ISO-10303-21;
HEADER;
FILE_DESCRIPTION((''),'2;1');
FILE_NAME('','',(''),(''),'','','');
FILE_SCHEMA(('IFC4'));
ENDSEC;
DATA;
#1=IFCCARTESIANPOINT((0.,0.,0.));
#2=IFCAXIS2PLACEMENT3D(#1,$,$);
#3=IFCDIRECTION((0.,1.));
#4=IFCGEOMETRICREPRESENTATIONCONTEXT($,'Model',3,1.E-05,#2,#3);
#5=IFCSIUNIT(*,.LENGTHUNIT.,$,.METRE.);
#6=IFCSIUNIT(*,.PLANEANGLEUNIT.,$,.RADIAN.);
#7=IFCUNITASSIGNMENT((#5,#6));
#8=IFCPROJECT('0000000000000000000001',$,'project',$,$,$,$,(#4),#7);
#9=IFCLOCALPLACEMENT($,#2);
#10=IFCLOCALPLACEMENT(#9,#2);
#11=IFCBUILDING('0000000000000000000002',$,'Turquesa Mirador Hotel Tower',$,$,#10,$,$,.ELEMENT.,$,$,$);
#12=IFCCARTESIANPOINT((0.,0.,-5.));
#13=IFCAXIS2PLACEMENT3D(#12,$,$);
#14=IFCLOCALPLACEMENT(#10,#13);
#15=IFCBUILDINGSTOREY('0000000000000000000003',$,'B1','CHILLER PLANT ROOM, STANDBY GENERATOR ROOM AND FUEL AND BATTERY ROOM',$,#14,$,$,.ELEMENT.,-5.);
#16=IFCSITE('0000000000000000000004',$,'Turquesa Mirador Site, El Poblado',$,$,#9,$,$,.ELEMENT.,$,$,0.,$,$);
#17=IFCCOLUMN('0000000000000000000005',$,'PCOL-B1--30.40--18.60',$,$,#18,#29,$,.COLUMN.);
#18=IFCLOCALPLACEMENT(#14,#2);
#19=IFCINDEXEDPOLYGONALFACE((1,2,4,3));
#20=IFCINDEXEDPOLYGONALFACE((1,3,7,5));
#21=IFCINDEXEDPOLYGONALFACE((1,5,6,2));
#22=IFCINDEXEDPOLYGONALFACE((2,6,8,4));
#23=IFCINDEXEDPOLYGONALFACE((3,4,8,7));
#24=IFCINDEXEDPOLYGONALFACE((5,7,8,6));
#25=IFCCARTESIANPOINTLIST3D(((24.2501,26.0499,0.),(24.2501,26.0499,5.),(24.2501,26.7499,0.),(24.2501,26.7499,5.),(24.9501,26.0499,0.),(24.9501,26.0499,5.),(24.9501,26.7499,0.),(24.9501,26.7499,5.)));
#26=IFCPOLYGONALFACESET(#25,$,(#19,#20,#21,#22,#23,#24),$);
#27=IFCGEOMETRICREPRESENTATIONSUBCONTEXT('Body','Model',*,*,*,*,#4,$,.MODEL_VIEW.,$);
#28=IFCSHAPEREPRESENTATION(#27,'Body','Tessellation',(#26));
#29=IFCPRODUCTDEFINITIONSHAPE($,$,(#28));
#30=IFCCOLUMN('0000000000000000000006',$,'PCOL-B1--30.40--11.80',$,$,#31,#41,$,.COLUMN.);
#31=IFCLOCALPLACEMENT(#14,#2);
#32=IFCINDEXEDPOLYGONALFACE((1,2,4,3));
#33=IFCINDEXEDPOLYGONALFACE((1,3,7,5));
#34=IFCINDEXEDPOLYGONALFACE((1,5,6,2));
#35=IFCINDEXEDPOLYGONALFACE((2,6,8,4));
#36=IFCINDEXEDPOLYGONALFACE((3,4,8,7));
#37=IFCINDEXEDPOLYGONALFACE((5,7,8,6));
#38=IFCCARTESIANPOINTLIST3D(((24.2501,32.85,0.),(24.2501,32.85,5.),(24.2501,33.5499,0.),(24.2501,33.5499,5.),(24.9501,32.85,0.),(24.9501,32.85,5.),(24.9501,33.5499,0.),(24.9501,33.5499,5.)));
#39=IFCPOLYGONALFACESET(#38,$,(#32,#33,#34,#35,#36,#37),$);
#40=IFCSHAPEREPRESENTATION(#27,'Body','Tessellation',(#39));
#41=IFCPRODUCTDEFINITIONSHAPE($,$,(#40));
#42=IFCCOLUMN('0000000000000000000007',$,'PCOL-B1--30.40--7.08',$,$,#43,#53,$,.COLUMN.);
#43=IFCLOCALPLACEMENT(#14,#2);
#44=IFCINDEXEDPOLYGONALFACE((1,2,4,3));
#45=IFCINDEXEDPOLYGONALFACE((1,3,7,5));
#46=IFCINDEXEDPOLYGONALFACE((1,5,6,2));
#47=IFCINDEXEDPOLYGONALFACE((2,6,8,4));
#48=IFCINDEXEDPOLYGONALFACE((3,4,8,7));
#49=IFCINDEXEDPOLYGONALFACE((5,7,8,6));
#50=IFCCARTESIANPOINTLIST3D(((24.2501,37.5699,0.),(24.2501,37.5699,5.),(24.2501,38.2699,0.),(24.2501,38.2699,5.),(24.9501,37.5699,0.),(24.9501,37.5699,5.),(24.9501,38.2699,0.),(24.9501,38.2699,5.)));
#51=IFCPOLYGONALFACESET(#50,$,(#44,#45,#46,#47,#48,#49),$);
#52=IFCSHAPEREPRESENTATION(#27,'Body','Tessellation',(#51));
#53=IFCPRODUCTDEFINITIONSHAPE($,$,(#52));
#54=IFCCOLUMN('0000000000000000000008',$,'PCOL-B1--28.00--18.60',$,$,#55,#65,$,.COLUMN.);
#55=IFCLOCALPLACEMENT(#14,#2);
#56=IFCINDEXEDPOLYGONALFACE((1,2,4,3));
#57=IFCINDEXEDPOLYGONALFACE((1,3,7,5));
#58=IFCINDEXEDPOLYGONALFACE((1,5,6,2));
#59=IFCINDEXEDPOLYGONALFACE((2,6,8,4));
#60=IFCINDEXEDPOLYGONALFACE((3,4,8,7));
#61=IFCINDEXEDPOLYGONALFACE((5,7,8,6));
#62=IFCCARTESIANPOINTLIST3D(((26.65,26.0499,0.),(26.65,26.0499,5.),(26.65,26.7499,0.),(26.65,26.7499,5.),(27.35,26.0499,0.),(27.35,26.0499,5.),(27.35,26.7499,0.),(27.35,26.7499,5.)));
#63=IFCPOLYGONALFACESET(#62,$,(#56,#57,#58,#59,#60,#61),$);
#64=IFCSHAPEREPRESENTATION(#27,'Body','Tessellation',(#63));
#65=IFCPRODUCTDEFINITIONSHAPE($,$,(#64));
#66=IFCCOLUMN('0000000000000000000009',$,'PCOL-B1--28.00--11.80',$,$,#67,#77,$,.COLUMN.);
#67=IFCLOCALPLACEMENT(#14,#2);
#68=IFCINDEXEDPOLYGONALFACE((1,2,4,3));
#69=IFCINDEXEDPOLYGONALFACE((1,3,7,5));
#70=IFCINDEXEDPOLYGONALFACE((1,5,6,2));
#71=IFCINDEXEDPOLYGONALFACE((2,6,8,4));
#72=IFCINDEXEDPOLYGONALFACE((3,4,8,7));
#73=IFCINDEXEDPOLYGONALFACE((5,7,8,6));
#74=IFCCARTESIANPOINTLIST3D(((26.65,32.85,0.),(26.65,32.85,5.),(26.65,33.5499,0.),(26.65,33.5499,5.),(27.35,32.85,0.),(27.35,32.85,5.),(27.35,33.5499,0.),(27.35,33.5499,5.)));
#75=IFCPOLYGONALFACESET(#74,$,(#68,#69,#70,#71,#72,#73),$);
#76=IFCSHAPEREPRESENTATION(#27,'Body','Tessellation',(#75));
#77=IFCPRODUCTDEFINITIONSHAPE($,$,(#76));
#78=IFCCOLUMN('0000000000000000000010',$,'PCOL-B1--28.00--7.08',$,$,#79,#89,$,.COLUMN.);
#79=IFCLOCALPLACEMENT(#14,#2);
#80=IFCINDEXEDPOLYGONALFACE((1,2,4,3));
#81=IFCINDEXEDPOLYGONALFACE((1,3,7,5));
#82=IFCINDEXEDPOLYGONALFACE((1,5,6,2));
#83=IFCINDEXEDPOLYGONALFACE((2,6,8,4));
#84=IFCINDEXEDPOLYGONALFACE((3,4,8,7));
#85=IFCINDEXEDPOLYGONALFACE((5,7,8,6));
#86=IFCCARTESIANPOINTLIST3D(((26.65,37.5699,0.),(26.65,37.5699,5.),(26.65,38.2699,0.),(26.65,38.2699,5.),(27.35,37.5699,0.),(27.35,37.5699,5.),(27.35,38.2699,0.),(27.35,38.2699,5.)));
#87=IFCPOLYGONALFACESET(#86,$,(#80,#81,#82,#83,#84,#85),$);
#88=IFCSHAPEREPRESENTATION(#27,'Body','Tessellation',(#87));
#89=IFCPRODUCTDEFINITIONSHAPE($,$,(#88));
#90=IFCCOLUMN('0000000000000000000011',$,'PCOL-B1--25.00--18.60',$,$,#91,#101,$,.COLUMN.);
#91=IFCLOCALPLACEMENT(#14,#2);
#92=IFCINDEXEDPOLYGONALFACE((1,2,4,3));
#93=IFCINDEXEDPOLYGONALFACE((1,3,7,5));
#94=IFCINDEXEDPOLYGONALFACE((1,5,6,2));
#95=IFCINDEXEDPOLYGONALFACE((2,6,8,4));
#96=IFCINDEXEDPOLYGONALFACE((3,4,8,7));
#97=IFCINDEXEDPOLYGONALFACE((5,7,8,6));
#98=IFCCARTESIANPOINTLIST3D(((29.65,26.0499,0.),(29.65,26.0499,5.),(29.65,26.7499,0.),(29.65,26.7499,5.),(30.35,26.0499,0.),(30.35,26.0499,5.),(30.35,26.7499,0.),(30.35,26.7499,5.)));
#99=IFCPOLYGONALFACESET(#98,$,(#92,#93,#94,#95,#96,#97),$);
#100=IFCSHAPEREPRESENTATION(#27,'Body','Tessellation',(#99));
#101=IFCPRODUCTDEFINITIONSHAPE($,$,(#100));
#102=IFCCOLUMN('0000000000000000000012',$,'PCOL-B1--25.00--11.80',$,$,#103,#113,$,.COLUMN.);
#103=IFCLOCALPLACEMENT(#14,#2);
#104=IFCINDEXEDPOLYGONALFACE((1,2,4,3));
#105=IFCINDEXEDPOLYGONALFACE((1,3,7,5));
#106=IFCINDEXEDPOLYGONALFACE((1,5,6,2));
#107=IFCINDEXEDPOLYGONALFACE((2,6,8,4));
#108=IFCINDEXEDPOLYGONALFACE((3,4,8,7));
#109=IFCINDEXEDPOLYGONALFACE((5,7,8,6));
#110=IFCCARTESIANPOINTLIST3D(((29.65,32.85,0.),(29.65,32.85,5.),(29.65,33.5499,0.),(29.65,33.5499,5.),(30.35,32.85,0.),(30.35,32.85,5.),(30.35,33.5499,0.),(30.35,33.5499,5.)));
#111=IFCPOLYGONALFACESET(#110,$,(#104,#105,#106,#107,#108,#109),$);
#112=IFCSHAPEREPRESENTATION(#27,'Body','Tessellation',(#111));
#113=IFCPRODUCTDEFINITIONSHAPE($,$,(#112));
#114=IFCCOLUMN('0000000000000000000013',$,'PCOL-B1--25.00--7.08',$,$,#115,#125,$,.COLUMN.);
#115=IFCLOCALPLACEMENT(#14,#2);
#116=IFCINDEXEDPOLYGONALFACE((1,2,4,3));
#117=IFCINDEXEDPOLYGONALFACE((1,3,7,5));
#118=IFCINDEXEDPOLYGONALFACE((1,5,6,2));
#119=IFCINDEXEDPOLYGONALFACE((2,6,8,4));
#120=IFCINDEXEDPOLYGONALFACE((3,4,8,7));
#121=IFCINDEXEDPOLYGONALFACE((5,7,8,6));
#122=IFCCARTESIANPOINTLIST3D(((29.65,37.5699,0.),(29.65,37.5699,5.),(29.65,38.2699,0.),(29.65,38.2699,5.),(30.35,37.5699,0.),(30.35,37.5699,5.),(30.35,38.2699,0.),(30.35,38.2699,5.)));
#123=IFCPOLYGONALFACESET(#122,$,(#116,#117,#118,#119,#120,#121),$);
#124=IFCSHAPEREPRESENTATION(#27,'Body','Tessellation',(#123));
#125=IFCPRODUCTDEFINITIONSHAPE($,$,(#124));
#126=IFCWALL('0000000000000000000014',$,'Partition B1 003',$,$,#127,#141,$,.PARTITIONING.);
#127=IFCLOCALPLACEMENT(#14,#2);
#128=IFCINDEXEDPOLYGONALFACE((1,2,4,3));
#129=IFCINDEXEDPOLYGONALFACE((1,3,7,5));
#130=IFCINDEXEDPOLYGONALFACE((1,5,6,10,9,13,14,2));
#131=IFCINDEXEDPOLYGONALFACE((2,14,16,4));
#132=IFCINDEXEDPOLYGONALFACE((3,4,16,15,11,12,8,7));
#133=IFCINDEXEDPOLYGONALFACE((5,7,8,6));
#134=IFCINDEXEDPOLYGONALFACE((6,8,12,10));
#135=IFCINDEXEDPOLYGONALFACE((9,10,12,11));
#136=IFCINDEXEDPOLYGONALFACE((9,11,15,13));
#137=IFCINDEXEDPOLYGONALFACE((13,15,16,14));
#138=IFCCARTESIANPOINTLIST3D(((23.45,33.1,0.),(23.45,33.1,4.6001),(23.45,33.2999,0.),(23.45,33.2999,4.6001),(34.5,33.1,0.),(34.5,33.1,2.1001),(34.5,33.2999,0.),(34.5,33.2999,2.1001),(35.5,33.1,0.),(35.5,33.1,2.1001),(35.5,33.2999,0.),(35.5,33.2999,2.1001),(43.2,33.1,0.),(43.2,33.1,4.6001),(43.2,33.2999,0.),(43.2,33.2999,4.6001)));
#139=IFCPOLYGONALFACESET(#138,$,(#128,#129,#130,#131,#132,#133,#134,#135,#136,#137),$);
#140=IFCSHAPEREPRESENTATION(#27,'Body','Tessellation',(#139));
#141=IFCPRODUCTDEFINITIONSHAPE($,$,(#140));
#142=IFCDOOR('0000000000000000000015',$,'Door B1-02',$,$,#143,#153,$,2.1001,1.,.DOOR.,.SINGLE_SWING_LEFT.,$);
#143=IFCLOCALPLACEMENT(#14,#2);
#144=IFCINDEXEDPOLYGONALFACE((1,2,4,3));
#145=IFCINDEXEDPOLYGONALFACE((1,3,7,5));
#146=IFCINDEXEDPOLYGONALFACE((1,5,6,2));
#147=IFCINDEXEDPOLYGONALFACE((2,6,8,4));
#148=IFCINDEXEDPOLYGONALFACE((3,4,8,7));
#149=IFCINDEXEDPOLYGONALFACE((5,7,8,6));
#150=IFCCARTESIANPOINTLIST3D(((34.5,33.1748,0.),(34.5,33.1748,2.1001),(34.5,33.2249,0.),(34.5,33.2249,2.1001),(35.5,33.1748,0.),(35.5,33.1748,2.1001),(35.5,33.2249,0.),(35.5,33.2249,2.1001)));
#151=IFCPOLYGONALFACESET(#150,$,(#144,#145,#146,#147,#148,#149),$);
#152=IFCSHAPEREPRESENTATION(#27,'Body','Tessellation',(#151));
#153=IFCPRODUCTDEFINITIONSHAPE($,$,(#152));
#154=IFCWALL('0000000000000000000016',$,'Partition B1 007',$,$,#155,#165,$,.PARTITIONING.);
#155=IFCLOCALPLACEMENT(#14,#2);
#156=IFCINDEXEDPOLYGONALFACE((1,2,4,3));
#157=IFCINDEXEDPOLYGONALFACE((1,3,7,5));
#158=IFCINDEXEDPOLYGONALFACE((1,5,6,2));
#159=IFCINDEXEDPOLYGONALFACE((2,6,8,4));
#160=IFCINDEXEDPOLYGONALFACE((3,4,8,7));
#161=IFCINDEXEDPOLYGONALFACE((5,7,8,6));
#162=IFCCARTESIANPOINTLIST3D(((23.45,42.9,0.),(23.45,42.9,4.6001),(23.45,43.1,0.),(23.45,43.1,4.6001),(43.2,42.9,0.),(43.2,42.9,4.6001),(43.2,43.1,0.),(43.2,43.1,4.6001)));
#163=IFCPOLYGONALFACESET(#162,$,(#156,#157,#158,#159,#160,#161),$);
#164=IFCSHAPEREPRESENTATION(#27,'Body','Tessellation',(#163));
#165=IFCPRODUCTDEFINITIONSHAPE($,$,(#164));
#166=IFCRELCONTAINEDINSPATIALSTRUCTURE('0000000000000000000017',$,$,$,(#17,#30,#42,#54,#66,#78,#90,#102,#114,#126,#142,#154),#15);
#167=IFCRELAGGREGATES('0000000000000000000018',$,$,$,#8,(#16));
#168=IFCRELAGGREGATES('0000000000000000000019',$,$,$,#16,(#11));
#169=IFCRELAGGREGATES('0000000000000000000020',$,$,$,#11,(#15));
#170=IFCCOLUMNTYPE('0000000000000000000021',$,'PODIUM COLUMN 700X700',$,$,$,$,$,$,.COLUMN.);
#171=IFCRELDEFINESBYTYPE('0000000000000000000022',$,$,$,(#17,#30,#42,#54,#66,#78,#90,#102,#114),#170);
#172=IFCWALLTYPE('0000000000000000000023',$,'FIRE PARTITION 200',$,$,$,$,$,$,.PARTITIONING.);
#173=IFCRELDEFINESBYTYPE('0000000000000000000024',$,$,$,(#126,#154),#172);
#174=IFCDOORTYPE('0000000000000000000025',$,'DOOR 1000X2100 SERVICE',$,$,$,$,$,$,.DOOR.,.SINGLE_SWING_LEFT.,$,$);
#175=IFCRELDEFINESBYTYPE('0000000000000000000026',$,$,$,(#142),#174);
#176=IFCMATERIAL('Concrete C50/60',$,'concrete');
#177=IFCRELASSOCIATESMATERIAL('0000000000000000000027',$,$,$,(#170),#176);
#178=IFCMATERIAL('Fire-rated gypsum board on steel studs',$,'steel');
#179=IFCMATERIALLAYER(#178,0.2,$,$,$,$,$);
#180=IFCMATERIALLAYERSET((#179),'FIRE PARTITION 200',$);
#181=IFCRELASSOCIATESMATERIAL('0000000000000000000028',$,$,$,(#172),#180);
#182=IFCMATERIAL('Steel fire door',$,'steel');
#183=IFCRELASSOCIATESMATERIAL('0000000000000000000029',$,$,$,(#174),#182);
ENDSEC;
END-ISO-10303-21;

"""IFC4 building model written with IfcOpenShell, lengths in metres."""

from ifc_helpers import new_model, si_unit, direction, frame, frame_2d, origin, origin_2d, place, context, subcontext, project, spatial, rectangle, extrude, material, layer, layer_set, material_profile, profile_set, type_object, element, fill, save


model = new_model("IFC4")

# Units and contexts
model_context = context("Model", 3, precision=1e-05, world=origin(), true_north=direction((0.0, 1.0)))
body_context = subcontext(model_context, "Body", "Model", "MODEL_VIEW")
ifc_project = project(units=[si_unit("LENGTHUNIT", "METRE"), si_unit("PLANEANGLEUNIT", "RADIAN")], contexts=[model_context])

# Site, building, storey
site_placement = place(None, origin())
site = spatial("IfcSite", under=ifc_project, at=site_placement, Name="Turquesa Mirador Site, El Poblado", CompositionType="ELEMENT", RefElevation=0.0)
building_placement = place(site_placement, origin())
building = spatial("IfcBuilding", under=site, at=building_placement, Name="Turquesa Mirador Hotel Tower", CompositionType="ELEMENT")
storey_placement = place(building_placement, frame((0.0, 0.0, -5.0)))
storey = spatial("IfcBuildingStorey", under=building, at=storey_placement, Name="B1", Description="CHILLER PLANT ROOM, STANDBY GENERATOR ROOM AND FUEL AND BATTERY ROOM", CompositionType="ELEMENT", Elevation=-5.0)

# Columns
ifc_material_1 = material(Name="Concrete C50/60", Category="concrete")
ifc_material_profile = material_profile(ifc_material_1, rectangle(XDim=0.7, YDim=0.7, at=origin_2d()), Name="RC 700X700")
ifc_profile_set = profile_set([ifc_material_profile], Name="Concrete C50/60")
column_type = type_object("IfcColumnType", Name="PODIUM COLUMN 700X700", PredefinedType="COLUMN", material=ifc_profile_set)
for number, where, z_axis, x_axis, name in (
    (1, (24.6001, 26.3999, 0.0), (0.0, 0.0, 1.0), (1.0, 0.0, 0.0), "PCOL-B1--30.40--18.60"),
    (2, (24.6001, 33.2, 0.0), (0.0, 0.0, 1.0), (1.0, 0.0, 0.0), "PCOL-B1--30.40--11.80"),
    (3, (24.6001, 37.9199, 0.0), (0.0, 0.0, 1.0), (1.0, 0.0, 0.0), "PCOL-B1--30.40--7.08"),
    (4, (27.0, 26.3999, 0.0), (0.0, 0.0, 1.0), (1.0, 0.0, 0.0), "PCOL-B1--28.00--18.60"),
    (5, (27.0, 33.2, 0.0), (0.0, 0.0, 1.0), (1.0, 0.0, 0.0), "PCOL-B1--28.00--11.80"),
    (6, (27.0, 37.9199, 0.0), (0.0, 0.0, 1.0), (1.0, 0.0, 0.0), "PCOL-B1--28.00--7.08"),
    (7, (30.0, 26.3999, 0.0), (0.0, 0.0, 1.0), (1.0, 0.0, 0.0), "PCOL-B1--25.00--18.60"),
    (8, (30.0, 33.2, 0.0), (0.0, 0.0, 1.0), (1.0, 0.0, 0.0), "PCOL-B1--25.00--11.80"),
    (9, (30.0, 37.9199, 0.0), (0.0, 0.0, 1.0), (1.0, 0.0, 0.0), "PCOL-B1--25.00--7.08"),
):
    element("IfcColumn", number, at=place(storey_placement, frame(where, z_axis=z_axis, x_axis=x_axis)), inside=storey, type_object=column_type, Name=name, PredefinedType="COLUMN", context=body_context, shape_type="SweptSolid", body=[
        extrude(rectangle(XDim=0.7, YDim=0.7, at=origin_2d()), origin(), (0.0, 0.0, 1.0), 5.0),
    ])

# Wall, opening, door
ifc_material_2 = material(Name="Fire-rated gypsum board on steel studs", Category="steel")
ifc_layer_1 = layer(ifc_material_2, 0.2)
ifc_layer_set_1 = layer_set([ifc_layer_1], Name="FIRE PARTITION 200")
wall_type = type_object("IfcWallType", Name="FIRE PARTITION 200", PredefinedType="PARTITIONING", material=ifc_layer_set_1)
wall_1_placement = place(storey_placement, frame((23.45, 33.2, 0.0), z_axis=(0.0, 0.0, 1.0), x_axis=(1.0, 0.0, 0.0)))
wall_1 = element("IfcWall", 10, at=wall_1_placement, inside=storey, type_object=wall_type, Name="Partition B1 003", PredefinedType="PARTITIONING", context=body_context, shape_type="SweptSolid", body=[
    extrude(rectangle(XDim=19.75, YDim=0.2, at=frame_2d((9.875, 0.0))), origin(), (0.0, 0.0, 1.0), 4.6001),
])
opening_placement = place(wall_1_placement, frame((11.05, 0.0, 0.0)))
opening = element("IfcOpeningElement", 11, at=opening_placement, cuts=wall_1, PredefinedType="OPENING", context=body_context, shape_type="SweptSolid", body=[
    extrude(rectangle(XDim=1.0, YDim=2.1001, at=frame_2d((0.5, 1.05))), frame((0.0, 0.1099, 0.0), z_axis=(0.0, -1.0, 0.0), x_axis=(1.0, 0.0, 0.0)), (0.0, 0.0, 1.0), 0.22),
])
ifc_material_3 = material(Name="Steel fire door", Category="steel")
door_type = type_object("IfcDoorType", Name="DOOR 1000X2100 SERVICE", OperationType="SINGLE_SWING_LEFT", PredefinedType="DOOR", material=ifc_material_3)
door_placement = place(opening_placement, origin())
door = element("IfcDoor", 12, at=door_placement, inside=storey, type_object=door_type, Name="Door B1-02", OperationType="SINGLE_SWING_LEFT", OverallHeight=2.1001, OverallWidth=1.0, PredefinedType="DOOR", context=body_context, shape_type="SweptSolid", body=[
    extrude(rectangle(XDim=1.0, YDim=2.1001, at=frame_2d((0.5, 1.05))), frame((0.0, 0.0249, 0.0), z_axis=(0.0, -1.0, 0.0), x_axis=(1.0, 0.0, 0.0)), (0.0, 0.0, 1.0), 0.05),
])
fill(opening, door)

# Wall
wall_2_placement = place(storey_placement, frame((23.45, 43.0, 0.0), z_axis=(0.0, 0.0, 1.0), x_axis=(1.0, 0.0, 0.0)))
element("IfcWall", 13, at=wall_2_placement, inside=storey, type_object=wall_type, Name="Partition B1 007", PredefinedType="PARTITIONING", context=body_context, shape_type="SweptSolid", body=[
    extrude(rectangle(XDim=19.75, YDim=0.2, at=frame_2d((9.875, 0.0))), origin(), (0.0, 0.0, 1.0), 4.6001),
])

save(model, "model.ifc")
